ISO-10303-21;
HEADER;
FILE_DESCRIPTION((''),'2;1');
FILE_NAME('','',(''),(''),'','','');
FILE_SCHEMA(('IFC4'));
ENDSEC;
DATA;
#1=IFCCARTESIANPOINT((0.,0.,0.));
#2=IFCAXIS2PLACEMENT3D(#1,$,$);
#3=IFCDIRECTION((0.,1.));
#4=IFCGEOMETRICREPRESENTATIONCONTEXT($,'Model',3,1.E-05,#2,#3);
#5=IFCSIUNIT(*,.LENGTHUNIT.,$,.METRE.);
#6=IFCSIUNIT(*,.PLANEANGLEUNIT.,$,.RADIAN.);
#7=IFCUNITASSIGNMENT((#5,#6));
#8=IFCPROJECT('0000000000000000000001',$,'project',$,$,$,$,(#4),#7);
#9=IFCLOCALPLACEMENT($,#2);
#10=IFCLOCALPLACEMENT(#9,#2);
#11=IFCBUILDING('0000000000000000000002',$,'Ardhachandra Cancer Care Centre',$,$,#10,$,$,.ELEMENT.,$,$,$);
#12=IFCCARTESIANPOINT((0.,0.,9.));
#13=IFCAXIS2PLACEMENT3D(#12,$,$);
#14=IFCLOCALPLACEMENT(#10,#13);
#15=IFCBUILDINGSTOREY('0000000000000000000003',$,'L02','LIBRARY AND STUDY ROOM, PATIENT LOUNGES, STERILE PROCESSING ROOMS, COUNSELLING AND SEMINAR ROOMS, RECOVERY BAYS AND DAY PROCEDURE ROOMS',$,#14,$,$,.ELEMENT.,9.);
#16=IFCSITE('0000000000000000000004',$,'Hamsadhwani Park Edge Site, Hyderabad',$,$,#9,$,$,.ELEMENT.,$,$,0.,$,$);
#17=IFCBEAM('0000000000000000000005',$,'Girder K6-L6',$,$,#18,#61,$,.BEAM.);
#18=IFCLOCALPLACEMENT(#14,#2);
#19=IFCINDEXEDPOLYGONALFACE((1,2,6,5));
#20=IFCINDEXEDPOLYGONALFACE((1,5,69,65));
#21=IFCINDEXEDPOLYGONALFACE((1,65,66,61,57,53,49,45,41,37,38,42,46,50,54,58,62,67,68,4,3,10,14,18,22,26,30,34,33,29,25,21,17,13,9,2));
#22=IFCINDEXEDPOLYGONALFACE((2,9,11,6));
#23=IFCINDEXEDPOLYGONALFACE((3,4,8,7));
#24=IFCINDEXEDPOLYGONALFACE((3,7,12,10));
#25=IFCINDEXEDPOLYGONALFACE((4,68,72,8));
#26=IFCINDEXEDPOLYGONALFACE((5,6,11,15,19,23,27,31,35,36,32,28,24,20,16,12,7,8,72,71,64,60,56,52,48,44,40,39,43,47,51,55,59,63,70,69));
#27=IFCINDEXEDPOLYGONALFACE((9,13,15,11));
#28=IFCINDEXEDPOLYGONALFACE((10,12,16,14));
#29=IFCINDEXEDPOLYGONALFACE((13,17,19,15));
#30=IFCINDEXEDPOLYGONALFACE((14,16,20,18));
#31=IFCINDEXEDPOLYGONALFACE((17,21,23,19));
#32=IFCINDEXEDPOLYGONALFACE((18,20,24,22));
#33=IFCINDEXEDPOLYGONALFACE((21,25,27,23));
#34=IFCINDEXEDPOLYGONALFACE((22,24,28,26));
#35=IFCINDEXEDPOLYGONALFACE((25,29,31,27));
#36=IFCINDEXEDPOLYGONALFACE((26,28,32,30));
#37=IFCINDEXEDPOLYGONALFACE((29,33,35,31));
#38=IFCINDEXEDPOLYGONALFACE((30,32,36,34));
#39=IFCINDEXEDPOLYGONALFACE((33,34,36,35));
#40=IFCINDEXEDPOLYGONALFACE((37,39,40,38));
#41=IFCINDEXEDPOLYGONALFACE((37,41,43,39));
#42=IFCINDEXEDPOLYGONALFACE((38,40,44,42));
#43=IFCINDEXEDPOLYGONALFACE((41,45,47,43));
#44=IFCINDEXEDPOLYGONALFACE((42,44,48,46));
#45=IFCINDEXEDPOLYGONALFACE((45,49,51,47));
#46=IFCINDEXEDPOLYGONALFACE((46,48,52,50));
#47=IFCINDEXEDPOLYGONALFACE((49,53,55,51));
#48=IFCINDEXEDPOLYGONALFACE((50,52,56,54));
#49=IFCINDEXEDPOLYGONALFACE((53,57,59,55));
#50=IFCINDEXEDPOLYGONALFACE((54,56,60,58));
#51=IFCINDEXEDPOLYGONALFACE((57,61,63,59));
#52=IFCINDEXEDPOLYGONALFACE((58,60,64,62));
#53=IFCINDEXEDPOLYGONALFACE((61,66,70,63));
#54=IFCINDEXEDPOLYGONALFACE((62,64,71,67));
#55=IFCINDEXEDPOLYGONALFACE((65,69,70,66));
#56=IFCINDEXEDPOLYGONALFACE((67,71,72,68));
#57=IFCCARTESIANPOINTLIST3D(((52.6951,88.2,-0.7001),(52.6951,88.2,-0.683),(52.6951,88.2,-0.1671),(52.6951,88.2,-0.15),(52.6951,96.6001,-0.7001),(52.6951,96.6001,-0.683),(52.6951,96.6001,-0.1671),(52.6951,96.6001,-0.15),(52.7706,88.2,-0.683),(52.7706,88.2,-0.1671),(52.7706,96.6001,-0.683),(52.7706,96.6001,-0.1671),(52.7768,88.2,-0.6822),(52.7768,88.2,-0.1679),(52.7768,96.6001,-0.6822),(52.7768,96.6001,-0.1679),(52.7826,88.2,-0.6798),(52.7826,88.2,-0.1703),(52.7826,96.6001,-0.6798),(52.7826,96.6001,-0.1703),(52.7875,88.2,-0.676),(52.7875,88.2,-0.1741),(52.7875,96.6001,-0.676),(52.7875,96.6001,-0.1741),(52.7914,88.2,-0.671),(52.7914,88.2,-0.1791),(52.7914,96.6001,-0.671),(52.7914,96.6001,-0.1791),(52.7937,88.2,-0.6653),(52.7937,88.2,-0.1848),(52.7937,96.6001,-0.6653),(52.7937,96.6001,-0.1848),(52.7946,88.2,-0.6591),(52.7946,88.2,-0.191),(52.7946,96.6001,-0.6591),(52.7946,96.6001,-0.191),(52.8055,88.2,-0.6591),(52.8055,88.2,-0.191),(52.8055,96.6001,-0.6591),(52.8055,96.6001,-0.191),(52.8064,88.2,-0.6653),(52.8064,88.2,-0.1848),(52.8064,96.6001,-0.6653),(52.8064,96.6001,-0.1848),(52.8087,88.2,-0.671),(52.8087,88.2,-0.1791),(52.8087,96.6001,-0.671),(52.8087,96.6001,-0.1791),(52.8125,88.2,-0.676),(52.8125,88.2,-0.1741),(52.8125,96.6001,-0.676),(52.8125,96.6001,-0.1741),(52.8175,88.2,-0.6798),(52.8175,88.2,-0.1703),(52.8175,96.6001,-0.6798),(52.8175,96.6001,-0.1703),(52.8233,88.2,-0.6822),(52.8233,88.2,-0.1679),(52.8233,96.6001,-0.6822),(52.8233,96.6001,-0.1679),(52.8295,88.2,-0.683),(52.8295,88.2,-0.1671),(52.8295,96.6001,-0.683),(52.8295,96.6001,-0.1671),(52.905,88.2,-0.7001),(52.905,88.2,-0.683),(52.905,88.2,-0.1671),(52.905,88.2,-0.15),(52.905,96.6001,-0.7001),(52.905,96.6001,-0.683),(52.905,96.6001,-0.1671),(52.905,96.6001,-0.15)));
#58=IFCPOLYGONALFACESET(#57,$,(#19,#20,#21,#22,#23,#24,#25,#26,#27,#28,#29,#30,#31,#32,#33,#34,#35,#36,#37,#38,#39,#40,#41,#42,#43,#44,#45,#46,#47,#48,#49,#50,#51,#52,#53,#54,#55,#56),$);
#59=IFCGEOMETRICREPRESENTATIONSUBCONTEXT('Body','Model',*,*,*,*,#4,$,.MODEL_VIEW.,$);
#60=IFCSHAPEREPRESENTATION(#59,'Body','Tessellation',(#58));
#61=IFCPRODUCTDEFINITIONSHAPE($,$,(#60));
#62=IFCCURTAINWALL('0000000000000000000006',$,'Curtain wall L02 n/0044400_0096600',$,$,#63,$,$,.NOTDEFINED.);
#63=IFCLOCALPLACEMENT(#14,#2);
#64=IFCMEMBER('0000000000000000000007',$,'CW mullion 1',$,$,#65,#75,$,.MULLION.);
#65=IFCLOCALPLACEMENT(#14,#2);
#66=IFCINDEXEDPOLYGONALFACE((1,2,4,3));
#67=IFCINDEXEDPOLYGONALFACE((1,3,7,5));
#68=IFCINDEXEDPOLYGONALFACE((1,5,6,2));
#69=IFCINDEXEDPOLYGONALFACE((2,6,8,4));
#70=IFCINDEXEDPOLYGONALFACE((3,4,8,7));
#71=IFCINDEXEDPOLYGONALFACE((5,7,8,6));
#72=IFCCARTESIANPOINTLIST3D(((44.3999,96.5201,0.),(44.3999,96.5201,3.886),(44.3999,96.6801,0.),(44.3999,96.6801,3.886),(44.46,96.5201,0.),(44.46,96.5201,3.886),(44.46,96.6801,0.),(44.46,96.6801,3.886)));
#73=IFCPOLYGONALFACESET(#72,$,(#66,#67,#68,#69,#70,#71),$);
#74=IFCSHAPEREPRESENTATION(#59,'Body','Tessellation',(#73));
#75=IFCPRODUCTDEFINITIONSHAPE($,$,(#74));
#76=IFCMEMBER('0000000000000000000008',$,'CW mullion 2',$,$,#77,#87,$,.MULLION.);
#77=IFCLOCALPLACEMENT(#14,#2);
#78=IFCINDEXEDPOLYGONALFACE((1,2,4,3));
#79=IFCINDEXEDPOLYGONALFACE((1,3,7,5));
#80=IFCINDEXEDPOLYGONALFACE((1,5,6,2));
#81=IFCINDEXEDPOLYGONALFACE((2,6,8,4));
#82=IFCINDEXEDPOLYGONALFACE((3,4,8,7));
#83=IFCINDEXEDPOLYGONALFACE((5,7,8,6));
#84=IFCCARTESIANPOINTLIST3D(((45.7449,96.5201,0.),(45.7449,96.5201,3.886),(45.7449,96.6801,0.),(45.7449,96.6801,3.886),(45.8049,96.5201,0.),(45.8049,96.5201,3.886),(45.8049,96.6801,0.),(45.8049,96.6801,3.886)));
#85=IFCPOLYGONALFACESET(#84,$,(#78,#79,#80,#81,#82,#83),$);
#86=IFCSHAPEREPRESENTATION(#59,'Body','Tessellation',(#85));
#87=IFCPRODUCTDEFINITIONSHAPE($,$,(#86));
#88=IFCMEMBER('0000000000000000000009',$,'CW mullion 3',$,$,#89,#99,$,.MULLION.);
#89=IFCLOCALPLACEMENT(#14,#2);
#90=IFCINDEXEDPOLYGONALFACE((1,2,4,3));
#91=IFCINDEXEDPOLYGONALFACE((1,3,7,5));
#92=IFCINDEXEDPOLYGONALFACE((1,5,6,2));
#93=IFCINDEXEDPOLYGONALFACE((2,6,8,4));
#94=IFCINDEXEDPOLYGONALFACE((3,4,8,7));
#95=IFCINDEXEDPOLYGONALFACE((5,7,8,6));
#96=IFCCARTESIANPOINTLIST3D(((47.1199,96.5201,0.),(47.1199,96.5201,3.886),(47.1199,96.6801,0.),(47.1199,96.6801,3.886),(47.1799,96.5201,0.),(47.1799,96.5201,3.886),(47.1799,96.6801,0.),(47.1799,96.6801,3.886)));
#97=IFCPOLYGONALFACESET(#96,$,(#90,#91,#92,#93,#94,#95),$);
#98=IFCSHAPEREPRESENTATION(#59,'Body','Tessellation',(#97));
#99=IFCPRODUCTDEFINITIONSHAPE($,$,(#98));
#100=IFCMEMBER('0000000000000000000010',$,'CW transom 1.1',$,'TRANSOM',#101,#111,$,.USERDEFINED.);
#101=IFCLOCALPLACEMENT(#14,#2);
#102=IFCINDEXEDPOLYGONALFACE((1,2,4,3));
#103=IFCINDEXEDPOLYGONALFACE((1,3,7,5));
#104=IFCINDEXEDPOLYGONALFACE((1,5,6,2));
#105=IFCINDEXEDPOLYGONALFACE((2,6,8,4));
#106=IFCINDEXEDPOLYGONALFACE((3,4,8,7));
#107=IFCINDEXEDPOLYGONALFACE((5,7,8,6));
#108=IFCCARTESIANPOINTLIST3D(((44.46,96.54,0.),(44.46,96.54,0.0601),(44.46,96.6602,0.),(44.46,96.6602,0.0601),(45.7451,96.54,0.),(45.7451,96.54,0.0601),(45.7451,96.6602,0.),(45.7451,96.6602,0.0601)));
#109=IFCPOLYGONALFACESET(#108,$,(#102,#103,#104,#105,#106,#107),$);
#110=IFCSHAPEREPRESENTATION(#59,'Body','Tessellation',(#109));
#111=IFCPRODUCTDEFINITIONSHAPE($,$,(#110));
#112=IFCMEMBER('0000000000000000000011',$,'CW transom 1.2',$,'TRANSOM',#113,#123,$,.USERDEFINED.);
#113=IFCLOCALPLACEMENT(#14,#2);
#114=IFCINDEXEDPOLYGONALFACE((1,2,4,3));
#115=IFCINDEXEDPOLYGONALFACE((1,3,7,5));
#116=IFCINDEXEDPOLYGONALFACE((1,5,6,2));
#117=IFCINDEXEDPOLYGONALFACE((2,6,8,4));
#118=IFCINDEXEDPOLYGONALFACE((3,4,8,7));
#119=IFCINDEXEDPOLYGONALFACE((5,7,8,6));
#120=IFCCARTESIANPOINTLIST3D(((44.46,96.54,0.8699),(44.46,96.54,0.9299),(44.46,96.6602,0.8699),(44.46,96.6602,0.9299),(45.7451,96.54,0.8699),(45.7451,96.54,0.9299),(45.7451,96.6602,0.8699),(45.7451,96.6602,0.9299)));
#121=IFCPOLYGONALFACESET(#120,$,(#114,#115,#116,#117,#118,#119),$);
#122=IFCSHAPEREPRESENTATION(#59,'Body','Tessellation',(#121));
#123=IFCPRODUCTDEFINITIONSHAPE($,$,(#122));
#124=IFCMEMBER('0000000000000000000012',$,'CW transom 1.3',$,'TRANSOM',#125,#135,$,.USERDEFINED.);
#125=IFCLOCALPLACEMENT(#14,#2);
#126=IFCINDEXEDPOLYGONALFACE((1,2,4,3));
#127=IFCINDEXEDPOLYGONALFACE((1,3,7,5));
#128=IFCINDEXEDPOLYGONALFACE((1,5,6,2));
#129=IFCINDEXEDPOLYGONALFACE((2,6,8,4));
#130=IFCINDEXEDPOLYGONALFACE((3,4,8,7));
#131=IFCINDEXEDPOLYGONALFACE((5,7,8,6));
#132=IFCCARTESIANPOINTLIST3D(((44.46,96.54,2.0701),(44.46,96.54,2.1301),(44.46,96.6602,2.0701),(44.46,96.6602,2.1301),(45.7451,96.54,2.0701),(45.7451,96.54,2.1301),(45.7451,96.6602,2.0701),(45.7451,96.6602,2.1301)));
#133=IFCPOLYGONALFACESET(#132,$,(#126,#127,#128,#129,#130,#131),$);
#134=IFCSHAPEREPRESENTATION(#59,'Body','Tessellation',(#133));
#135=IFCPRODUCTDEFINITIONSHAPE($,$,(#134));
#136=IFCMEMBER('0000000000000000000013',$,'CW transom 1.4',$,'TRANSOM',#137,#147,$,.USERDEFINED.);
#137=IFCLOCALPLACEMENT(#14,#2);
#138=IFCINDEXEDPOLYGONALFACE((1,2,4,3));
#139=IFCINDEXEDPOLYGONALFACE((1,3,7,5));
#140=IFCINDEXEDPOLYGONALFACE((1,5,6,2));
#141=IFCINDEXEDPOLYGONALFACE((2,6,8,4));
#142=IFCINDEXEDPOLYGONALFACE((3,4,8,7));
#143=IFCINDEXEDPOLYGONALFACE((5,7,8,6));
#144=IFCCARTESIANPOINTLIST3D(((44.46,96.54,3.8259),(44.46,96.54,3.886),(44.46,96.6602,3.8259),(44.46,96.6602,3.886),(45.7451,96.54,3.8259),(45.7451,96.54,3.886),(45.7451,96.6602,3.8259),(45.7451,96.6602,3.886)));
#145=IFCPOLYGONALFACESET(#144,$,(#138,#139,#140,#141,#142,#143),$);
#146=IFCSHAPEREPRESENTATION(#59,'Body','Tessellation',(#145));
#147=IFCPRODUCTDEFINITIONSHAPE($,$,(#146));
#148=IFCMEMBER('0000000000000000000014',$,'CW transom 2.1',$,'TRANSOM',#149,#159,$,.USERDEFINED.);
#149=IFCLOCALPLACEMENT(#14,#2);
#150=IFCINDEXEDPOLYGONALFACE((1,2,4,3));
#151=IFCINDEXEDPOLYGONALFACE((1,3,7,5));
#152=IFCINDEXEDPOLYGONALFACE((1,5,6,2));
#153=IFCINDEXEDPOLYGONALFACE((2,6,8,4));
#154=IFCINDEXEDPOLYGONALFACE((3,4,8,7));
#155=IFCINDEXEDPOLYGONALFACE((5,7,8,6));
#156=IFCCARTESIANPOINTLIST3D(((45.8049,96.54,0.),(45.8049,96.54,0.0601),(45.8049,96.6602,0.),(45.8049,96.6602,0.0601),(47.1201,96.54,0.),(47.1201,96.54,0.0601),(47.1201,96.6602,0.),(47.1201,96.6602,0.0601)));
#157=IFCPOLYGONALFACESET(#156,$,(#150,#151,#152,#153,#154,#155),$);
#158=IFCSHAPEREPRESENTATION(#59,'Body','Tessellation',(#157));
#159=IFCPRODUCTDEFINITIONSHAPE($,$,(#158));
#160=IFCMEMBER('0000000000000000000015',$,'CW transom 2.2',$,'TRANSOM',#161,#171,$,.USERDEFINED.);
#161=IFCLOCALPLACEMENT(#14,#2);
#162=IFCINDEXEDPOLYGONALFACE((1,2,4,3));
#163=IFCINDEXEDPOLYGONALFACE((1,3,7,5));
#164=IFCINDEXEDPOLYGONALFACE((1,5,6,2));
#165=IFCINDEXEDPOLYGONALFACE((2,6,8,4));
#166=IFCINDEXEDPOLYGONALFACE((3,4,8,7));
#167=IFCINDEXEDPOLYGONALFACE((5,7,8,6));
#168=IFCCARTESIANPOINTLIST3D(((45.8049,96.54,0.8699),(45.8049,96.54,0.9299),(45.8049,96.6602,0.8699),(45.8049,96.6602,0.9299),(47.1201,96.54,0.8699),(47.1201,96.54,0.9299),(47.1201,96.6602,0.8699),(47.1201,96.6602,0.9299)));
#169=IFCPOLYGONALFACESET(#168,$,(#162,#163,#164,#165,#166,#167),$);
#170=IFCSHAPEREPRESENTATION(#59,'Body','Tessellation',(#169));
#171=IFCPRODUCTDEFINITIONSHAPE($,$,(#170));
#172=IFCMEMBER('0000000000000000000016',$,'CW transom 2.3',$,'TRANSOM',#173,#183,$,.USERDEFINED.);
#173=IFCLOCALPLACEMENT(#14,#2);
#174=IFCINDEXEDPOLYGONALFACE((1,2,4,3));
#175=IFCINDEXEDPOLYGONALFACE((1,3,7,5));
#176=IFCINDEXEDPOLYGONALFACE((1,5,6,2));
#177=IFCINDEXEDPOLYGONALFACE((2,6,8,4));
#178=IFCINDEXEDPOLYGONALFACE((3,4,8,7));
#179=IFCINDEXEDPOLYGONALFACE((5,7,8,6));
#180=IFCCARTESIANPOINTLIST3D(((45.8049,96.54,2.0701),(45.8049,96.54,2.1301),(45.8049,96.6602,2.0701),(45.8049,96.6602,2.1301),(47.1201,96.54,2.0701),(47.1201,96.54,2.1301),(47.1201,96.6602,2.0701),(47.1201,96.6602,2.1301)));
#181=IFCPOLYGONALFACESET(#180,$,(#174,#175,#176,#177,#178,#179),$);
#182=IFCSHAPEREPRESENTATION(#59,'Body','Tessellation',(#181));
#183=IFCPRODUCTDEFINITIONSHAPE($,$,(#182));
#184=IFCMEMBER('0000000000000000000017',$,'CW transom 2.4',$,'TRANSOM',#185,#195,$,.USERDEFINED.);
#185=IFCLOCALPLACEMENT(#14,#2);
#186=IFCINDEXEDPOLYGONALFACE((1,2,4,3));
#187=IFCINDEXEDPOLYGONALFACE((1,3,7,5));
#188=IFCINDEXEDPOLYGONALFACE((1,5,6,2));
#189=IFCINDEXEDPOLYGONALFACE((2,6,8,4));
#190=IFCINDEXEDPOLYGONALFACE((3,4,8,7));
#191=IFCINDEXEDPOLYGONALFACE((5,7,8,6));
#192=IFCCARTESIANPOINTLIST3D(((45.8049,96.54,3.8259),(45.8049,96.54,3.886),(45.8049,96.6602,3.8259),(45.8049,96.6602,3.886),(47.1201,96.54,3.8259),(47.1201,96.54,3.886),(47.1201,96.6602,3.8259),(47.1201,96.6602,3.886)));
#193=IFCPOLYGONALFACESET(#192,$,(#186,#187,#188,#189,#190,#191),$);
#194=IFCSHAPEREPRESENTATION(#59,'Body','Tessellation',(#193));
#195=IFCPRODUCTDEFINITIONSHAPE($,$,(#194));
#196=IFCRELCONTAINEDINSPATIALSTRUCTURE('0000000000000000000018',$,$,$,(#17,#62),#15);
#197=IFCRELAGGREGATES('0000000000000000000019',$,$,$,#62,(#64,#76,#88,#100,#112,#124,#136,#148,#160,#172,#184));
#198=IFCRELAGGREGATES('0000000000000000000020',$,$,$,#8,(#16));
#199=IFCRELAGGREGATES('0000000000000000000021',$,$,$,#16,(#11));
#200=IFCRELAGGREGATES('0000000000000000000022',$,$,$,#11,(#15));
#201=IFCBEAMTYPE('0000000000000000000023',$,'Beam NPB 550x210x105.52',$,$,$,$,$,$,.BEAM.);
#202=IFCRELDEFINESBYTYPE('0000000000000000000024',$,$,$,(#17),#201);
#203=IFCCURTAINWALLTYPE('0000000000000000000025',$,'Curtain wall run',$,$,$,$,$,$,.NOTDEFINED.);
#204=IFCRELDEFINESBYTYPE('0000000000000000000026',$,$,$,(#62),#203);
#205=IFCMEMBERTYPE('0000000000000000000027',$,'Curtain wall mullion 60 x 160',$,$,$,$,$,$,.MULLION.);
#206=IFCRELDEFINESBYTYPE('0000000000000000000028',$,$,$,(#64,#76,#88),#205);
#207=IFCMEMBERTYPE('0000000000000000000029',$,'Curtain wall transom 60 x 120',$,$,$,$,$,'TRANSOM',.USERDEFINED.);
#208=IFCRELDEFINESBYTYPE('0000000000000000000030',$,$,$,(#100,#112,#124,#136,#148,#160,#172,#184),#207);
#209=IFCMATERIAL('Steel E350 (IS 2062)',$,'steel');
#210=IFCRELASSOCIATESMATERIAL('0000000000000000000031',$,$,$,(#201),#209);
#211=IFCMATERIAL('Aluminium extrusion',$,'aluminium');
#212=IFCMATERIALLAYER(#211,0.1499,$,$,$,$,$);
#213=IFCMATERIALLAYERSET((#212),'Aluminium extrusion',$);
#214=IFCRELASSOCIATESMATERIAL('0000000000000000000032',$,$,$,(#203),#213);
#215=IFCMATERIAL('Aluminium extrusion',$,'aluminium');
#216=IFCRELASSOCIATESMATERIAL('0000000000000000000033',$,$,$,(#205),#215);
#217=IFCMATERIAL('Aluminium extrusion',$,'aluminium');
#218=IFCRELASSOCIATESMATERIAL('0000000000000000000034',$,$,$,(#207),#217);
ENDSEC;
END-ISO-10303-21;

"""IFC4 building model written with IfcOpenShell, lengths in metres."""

from ifc_helpers import new_model, si_unit, direction, frame, origin, origin_2d, place, context, subcontext, project, spatial, rectangle, i_section, extrude, material, layer, layer_set, material_profile, profile_set, type_object, element, aggregate, save


model = new_model("IFC4")

# Units and contexts
model_context = context("Model", 3, precision=1e-05, world=origin(), true_north=direction((0.0, 1.0)))
body_context = subcontext(model_context, "Body", "Model", "MODEL_VIEW")
ifc_project = project(units=[si_unit("LENGTHUNIT", "METRE"), si_unit("PLANEANGLEUNIT", "RADIAN")], contexts=[model_context])

# Site, building, storey
site_placement = place(None, origin())
site = spatial("IfcSite", under=ifc_project, at=site_placement, Name="Hamsadhwani Park Edge Site, Hyderabad", CompositionType="ELEMENT", RefElevation=0.0)
building_placement = place(site_placement, origin())
building = spatial("IfcBuilding", under=site, at=building_placement, Name="Ardhachandra Cancer Care Centre", CompositionType="ELEMENT")
storey_placement = place(building_placement, frame((0.0, 0.0, 9.0)))
storey = spatial("IfcBuildingStorey", under=building, at=storey_placement, Name="L02", Description="LIBRARY AND STUDY ROOM, PATIENT LOUNGES, STERILE PROCESSING ROOMS, COUNSELLING AND SEMINAR ROOMS, RECOVERY BAYS AND DAY PROCEDURE ROOMS", CompositionType="ELEMENT", Elevation=9.0)

# Beam
ifc_material_1 = material(Name="Steel E350 (IS 2062)", Category="steel")
ifc_material_profile_1 = material_profile(ifc_material_1, i_section(OverallWidth=0.21, OverallDepth=0.55, WebThickness=0.011, FlangeThickness=0.0171, FilletRadius=0.0239, at=origin_2d()), Name="NPB 550x210x105.52")
ifc_profile_set_1 = profile_set([ifc_material_profile_1], Name="Steel E350 (IS 2062)")
beam_type_1 = type_object("IfcBeamType", Name="Beam NPB 550x210x105.52", PredefinedType="BEAM", material=ifc_profile_set_1)
beam_1_placement = place(storey_placement, frame((52.8, 88.2, -0.425), z_axis=(0.0, 1.0, 0.0), x_axis=(-1.0, 0.0, 0.0)))
element("IfcBeam", 1, at=beam_1_placement, inside=storey, type_object=beam_type_1, Name="Girder K6-L6", PredefinedType="BEAM", context=body_context, shape_type="SweptSolid", body=[
    extrude(i_section(OverallWidth=0.21, OverallDepth=0.55, WebThickness=0.011, FlangeThickness=0.0171, FilletRadius=0.0239, at=origin_2d()), origin(), (0.0, 0.0, 1.0), 8.4001),
])

# Curtain wall, members
ifc_material_2 = material(Name="Aluminium extrusion", Category="aluminium")
ifc_layer_1 = layer(ifc_material_2, 0.1499)
ifc_layer_set_1 = layer_set([ifc_layer_1], Name="Aluminium extrusion")
curtain_wall_type = type_object("IfcCurtainWallType", Name="Curtain wall run", PredefinedType="NOTDEFINED", material=ifc_layer_set_1)
curtain_wall_placement = place(storey_placement, origin())
curtain_wall = element("IfcCurtainWall", 2, at=curtain_wall_placement, inside=storey, type_object=curtain_wall_type, Name="Curtain wall L02 n/0044400_0096600", PredefinedType="NOTDEFINED")
ifc_material_3 = material(Name="Aluminium extrusion", Category="aluminium")
ifc_material_profile_2 = material_profile(ifc_material_3, rectangle(XDim=0.1599, YDim=0.0601, at=origin_2d()), Name="Curtain wall mullion 60 x 160")
ifc_profile_set_2 = profile_set([ifc_material_profile_2], Name="Aluminium extrusion")
member_type_1 = type_object("IfcMemberType", Name="Curtain wall mullion 60 x 160", PredefinedType="MULLION", material=ifc_profile_set_2)
member_1_placement = place(storey_placement, frame((44.4299, 96.6001, 0.0), z_axis=(0.0, 0.0, 1.0), x_axis=(0.0, 1.0, 0.0)))
member_1 = element("IfcMember", 3, at=member_1_placement, type_object=member_type_1, Name="CW mullion 1", PredefinedType="MULLION", context=body_context, shape_type="SweptSolid", body=[
    extrude(rectangle(XDim=0.1599, YDim=0.0601, at=origin_2d()), origin(), (0.0, 0.0, 1.0), 3.886),
])
member_2_placement = place(storey_placement, frame((45.7749, 96.6001, 0.0), z_axis=(0.0, 0.0, 1.0), x_axis=(0.0, 1.0, 0.0)))
member_2 = element("IfcMember", 4, at=member_2_placement, type_object=member_type_1, Name="CW mullion 2", PredefinedType="MULLION", context=body_context, shape_type="SweptSolid", body=[
    extrude(rectangle(XDim=0.1599, YDim=0.0601, at=origin_2d()), origin(), (0.0, 0.0, 1.0), 3.886),
])
member_3_placement = place(storey_placement, frame((47.1499, 96.6001, 0.0), z_axis=(0.0, 0.0, 1.0), x_axis=(0.0, 1.0, 0.0)))
member_3 = element("IfcMember", 5, at=member_3_placement, type_object=member_type_1, Name="CW mullion 3", PredefinedType="MULLION", context=body_context, shape_type="SweptSolid", body=[
    extrude(rectangle(XDim=0.1599, YDim=0.0601, at=origin_2d()), origin(), (0.0, 0.0, 1.0), 3.886),
])
ifc_material_4 = material(Name="Aluminium extrusion", Category="aluminium")
ifc_material_profile_3 = material_profile(ifc_material_4, rectangle(XDim=0.1201, YDim=0.0601, at=origin_2d()), Name="Curtain wall transom 60 x 120")
ifc_profile_set_3 = profile_set([ifc_material_profile_3], Name="Aluminium extrusion")
member_type_2 = type_object("IfcMemberType", Name="Curtain wall transom 60 x 120", ElementType="TRANSOM", PredefinedType="USERDEFINED", material=ifc_profile_set_3)
member_4_placement = place(storey_placement, frame((44.46, 96.6001, 0.03), z_axis=(1.0, 0.0, 0.0), x_axis=(0.0, 1.0, 0.0)))
member_4 = element("IfcMember", 6, at=member_4_placement, type_object=member_type_2, Name="CW transom 1.1", ObjectType="TRANSOM", PredefinedType="USERDEFINED", context=body_context, shape_type="SweptSolid", body=[
    extrude(rectangle(XDim=0.1201, YDim=0.0601, at=origin_2d()), origin(), (0.0, 0.0, 1.0), 1.2852),
])
member_5_placement = place(storey_placement, frame((44.46, 96.6001, 0.8999), z_axis=(1.0, 0.0, 0.0), x_axis=(0.0, 1.0, 0.0)))
member_5 = element("IfcMember", 7, at=member_5_placement, type_object=member_type_2, Name="CW transom 1.2", ObjectType="TRANSOM", PredefinedType="USERDEFINED", context=body_context, shape_type="SweptSolid", body=[
    extrude(rectangle(XDim=0.1201, YDim=0.0601, at=origin_2d()), origin(), (0.0, 0.0, 1.0), 1.2852),
])
member_6_placement = place(storey_placement, frame((44.46, 96.6001, 2.1001), z_axis=(1.0, 0.0, 0.0), x_axis=(0.0, 1.0, 0.0)))
member_6 = element("IfcMember", 8, at=member_6_placement, type_object=member_type_2, Name="CW transom 1.3", ObjectType="TRANSOM", PredefinedType="USERDEFINED", context=body_context, shape_type="SweptSolid", body=[
    extrude(rectangle(XDim=0.1201, YDim=0.0601, at=origin_2d()), origin(), (0.0, 0.0, 1.0), 1.2852),
])
member_7_placement = place(storey_placement, frame((44.46, 96.6001, 3.856), z_axis=(1.0, 0.0, 0.0), x_axis=(0.0, 1.0, 0.0)))
member_7 = element("IfcMember", 9, at=member_7_placement, type_object=member_type_2, Name="CW transom 1.4", ObjectType="TRANSOM", PredefinedType="USERDEFINED", context=body_context, shape_type="SweptSolid", body=[
    extrude(rectangle(XDim=0.1201, YDim=0.0601, at=origin_2d()), origin(), (0.0, 0.0, 1.0), 1.2852),
])
member_8_placement = place(storey_placement, frame((45.8049, 96.6001, 0.03), z_axis=(1.0, 0.0, 0.0), x_axis=(0.0, 1.0, 0.0)))
member_8 = element("IfcMember", 10, at=member_8_placement, type_object=member_type_2, Name="CW transom 2.1", ObjectType="TRANSOM", PredefinedType="USERDEFINED", context=body_context, shape_type="SweptSolid", body=[
    extrude(rectangle(XDim=0.1201, YDim=0.0601, at=origin_2d()), origin(), (0.0, 0.0, 1.0), 1.3152),
])
member_9_placement = place(storey_placement, frame((45.8049, 96.6001, 0.8999), z_axis=(1.0, 0.0, 0.0), x_axis=(0.0, 1.0, 0.0)))
member_9 = element("IfcMember", 11, at=member_9_placement, type_object=member_type_2, Name="CW transom 2.2", ObjectType="TRANSOM", PredefinedType="USERDEFINED", context=body_context, shape_type="SweptSolid", body=[
    extrude(rectangle(XDim=0.1201, YDim=0.0601, at=origin_2d()), origin(), (0.0, 0.0, 1.0), 1.3152),
])
member_10_placement = place(storey_placement, frame((45.8049, 96.6001, 2.1001), z_axis=(1.0, 0.0, 0.0), x_axis=(0.0, 1.0, 0.0)))
member_10 = element("IfcMember", 12, at=member_10_placement, type_object=member_type_2, Name="CW transom 2.3", ObjectType="TRANSOM", PredefinedType="USERDEFINED", context=body_context, shape_type="SweptSolid", body=[
    extrude(rectangle(XDim=0.1201, YDim=0.0601, at=origin_2d()), origin(), (0.0, 0.0, 1.0), 1.3152),
])
member_11_placement = place(storey_placement, frame((45.8049, 96.6001, 3.856), z_axis=(1.0, 0.0, 0.0), x_axis=(0.0, 1.0, 0.0)))
member_11 = element("IfcMember", 13, at=member_11_placement, type_object=member_type_2, Name="CW transom 2.4", ObjectType="TRANSOM", PredefinedType="USERDEFINED", context=body_context, shape_type="SweptSolid", body=[
    extrude(rectangle(XDim=0.1201, YDim=0.0601, at=origin_2d()), origin(), (0.0, 0.0, 1.0), 1.3152),
])
aggregate(curtain_wall, [member_1, member_2, member_3, member_4, member_5, member_6, member_7, member_8, member_9, member_10, member_11])

save(model, "model.ifc")
